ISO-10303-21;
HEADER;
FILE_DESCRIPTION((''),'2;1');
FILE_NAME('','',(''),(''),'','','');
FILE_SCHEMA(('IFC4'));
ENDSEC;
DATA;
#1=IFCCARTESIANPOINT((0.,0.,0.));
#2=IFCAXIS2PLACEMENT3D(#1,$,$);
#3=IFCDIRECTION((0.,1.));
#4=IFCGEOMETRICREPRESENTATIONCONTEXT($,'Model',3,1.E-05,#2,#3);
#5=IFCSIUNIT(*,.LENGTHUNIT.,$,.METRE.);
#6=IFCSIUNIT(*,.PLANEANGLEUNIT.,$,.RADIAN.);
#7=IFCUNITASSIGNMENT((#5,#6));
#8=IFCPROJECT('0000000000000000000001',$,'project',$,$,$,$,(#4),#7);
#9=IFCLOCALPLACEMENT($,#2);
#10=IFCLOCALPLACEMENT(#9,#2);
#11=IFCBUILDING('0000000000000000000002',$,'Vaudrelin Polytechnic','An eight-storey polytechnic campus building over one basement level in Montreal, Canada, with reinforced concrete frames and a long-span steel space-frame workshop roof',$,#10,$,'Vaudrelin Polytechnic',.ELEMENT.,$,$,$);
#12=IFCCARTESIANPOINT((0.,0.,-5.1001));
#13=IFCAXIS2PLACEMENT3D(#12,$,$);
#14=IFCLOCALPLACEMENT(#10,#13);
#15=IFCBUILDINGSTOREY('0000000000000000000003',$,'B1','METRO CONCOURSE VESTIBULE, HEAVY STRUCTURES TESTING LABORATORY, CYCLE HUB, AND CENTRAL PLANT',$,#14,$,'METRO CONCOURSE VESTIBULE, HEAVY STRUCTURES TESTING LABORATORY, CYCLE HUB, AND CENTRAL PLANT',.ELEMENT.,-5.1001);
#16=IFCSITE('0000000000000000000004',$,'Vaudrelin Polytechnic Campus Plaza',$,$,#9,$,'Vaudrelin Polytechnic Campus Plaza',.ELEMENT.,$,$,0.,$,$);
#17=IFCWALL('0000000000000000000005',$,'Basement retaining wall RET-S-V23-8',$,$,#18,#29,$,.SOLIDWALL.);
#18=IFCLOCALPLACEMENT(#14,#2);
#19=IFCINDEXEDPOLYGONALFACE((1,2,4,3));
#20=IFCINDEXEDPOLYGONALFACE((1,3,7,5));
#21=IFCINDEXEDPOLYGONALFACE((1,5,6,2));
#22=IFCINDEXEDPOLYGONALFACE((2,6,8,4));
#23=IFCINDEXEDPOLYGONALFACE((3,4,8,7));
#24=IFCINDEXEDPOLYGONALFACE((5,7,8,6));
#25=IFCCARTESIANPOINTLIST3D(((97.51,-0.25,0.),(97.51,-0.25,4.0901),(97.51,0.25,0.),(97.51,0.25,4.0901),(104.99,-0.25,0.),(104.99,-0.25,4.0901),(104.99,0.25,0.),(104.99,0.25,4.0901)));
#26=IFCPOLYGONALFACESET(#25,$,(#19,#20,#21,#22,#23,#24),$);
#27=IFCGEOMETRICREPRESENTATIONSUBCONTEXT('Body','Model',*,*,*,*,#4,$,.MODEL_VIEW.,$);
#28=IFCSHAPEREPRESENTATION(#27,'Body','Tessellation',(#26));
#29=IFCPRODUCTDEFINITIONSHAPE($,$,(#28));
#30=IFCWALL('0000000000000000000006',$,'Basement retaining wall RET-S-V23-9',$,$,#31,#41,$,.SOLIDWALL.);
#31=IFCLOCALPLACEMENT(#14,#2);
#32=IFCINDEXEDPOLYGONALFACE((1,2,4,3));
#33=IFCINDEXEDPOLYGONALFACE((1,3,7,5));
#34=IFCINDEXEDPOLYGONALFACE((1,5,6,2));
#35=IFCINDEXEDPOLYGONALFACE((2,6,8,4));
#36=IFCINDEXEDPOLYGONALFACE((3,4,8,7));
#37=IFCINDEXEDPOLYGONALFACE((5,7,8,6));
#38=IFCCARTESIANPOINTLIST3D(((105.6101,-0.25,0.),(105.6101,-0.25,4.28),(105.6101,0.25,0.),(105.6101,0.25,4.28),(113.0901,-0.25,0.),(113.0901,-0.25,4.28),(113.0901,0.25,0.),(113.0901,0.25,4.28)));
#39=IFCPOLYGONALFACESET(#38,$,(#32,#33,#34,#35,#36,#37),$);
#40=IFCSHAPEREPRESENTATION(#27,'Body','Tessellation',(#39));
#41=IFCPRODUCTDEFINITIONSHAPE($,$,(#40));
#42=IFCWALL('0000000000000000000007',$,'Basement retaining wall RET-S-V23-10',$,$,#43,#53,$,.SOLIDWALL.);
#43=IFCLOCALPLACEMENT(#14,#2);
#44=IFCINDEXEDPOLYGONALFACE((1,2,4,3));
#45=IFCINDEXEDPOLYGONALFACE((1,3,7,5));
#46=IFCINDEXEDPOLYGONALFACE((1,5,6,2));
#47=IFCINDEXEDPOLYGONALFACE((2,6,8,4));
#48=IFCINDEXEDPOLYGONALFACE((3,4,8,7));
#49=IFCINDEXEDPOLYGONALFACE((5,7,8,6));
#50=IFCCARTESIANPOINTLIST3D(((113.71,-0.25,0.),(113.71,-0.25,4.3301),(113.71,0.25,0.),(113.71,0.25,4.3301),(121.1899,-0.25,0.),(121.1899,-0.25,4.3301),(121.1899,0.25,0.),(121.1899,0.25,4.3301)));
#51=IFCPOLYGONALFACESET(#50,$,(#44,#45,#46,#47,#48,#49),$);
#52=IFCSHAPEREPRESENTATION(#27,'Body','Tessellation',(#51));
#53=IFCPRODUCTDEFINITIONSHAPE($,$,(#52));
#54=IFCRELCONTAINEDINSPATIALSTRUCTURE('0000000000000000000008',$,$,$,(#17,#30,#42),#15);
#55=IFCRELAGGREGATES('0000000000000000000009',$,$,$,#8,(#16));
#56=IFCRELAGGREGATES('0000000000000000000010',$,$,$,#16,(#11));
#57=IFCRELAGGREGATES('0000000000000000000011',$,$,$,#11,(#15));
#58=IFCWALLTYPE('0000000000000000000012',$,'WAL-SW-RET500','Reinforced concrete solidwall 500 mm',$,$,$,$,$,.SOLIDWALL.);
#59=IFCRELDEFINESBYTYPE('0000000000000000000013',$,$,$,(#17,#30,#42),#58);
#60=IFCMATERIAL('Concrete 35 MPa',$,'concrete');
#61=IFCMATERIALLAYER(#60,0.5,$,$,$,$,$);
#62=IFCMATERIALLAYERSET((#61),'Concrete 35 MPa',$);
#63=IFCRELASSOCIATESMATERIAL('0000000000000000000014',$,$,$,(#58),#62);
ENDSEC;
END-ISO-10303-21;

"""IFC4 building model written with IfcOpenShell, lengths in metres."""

from ifc_helpers import new_model, si_unit, direction, frame, frame_2d, origin, place, context, subcontext, project, spatial, rectangle, extrude, material, layer, layer_set, type_object, element, save


model = new_model("IFC4")

# Units and contexts
model_context = context("Model", 3, precision=1e-05, world=origin(), true_north=direction((0.0, 1.0)))
body_context = subcontext(model_context, "Body", "Model", "MODEL_VIEW")
ifc_project = project(units=[si_unit("LENGTHUNIT", "METRE"), si_unit("PLANEANGLEUNIT", "RADIAN")], contexts=[model_context])

# Site, building, storey
site_placement = place(None, origin())
site = spatial("IfcSite", under=ifc_project, at=site_placement, Name="Vaudrelin Polytechnic Campus Plaza", LongName="Vaudrelin Polytechnic Campus Plaza", CompositionType="ELEMENT", RefElevation=0.0)
building_placement = place(site_placement, origin())
building = spatial("IfcBuilding", under=site, at=building_placement, Name="Vaudrelin Polytechnic", Description="An eight-storey polytechnic campus building over one basement level in Montreal, Canada, with reinforced concrete frames and a long-span steel space-frame workshop roof", LongName="Vaudrelin Polytechnic", CompositionType="ELEMENT")
storey_placement = place(building_placement, frame((0.0, 0.0, -5.1001)))
storey = spatial("IfcBuildingStorey", under=building, at=storey_placement, Name="B1", Description="METRO CONCOURSE VESTIBULE, HEAVY STRUCTURES TESTING LABORATORY, CYCLE HUB, AND CENTRAL PLANT", LongName="METRO CONCOURSE VESTIBULE, HEAVY STRUCTURES TESTING LABORATORY, CYCLE HUB, AND CENTRAL PLANT", CompositionType="ELEMENT", Elevation=-5.1001)

# Walls
ifc_material_1 = material(Name="Concrete 35 MPa", Category="concrete")
ifc_layer_1 = layer(ifc_material_1, 0.5)
ifc_layer_set_1 = layer_set([ifc_layer_1], Name="Concrete 35 MPa")
wall_type_1 = type_object("IfcWallType", Name="WAL-SW-RET500", Description="Reinforced concrete solidwall 500 mm", PredefinedType="SOLIDWALL", material=ifc_layer_set_1)
wall_1_placement = place(storey_placement, frame((97.51, 0.0, 0.0), z_axis=(0.0, 0.0, 1.0), x_axis=(1.0, 0.0, 0.0)))
element("IfcWall", 1, at=wall_1_placement, inside=storey, type_object=wall_type_1, Name="Basement retaining wall RET-S-V23-8", PredefinedType="SOLIDWALL", context=body_context, shape_type="SweptSolid", body=[
    extrude(rectangle(XDim=7.48, YDim=0.5, at=frame_2d((3.74, 0.0))), origin(), (0.0, 0.0, 1.0), 4.0901),
])
wall_2_placement = place(storey_placement, frame((105.6101, 0.0, 0.0), z_axis=(0.0, 0.0, 1.0), x_axis=(1.0, 0.0, 0.0)))
element("IfcWall", 2, at=wall_2_placement, inside=storey, type_object=wall_type_1, Name="Basement retaining wall RET-S-V23-9", PredefinedType="SOLIDWALL", context=body_context, shape_type="SweptSolid", body=[
    extrude(rectangle(XDim=7.48, YDim=0.5, at=frame_2d((3.74, 0.0))), origin(), (0.0, 0.0, 1.0), 4.28),
])
wall_3_placement = place(storey_placement, frame((113.71, 0.0, 0.0), z_axis=(0.0, 0.0, 1.0), x_axis=(1.0, 0.0, 0.0)))
element("IfcWall", 3, at=wall_3_placement, inside=storey, type_object=wall_type_1, Name="Basement retaining wall RET-S-V23-10", PredefinedType="SOLIDWALL", context=body_context, shape_type="SweptSolid", body=[
    extrude(rectangle(XDim=7.48, YDim=0.5, at=frame_2d((3.74, 0.0))), origin(), (0.0, 0.0, 1.0), 4.3301),
])

save(model, "model.ifc")
